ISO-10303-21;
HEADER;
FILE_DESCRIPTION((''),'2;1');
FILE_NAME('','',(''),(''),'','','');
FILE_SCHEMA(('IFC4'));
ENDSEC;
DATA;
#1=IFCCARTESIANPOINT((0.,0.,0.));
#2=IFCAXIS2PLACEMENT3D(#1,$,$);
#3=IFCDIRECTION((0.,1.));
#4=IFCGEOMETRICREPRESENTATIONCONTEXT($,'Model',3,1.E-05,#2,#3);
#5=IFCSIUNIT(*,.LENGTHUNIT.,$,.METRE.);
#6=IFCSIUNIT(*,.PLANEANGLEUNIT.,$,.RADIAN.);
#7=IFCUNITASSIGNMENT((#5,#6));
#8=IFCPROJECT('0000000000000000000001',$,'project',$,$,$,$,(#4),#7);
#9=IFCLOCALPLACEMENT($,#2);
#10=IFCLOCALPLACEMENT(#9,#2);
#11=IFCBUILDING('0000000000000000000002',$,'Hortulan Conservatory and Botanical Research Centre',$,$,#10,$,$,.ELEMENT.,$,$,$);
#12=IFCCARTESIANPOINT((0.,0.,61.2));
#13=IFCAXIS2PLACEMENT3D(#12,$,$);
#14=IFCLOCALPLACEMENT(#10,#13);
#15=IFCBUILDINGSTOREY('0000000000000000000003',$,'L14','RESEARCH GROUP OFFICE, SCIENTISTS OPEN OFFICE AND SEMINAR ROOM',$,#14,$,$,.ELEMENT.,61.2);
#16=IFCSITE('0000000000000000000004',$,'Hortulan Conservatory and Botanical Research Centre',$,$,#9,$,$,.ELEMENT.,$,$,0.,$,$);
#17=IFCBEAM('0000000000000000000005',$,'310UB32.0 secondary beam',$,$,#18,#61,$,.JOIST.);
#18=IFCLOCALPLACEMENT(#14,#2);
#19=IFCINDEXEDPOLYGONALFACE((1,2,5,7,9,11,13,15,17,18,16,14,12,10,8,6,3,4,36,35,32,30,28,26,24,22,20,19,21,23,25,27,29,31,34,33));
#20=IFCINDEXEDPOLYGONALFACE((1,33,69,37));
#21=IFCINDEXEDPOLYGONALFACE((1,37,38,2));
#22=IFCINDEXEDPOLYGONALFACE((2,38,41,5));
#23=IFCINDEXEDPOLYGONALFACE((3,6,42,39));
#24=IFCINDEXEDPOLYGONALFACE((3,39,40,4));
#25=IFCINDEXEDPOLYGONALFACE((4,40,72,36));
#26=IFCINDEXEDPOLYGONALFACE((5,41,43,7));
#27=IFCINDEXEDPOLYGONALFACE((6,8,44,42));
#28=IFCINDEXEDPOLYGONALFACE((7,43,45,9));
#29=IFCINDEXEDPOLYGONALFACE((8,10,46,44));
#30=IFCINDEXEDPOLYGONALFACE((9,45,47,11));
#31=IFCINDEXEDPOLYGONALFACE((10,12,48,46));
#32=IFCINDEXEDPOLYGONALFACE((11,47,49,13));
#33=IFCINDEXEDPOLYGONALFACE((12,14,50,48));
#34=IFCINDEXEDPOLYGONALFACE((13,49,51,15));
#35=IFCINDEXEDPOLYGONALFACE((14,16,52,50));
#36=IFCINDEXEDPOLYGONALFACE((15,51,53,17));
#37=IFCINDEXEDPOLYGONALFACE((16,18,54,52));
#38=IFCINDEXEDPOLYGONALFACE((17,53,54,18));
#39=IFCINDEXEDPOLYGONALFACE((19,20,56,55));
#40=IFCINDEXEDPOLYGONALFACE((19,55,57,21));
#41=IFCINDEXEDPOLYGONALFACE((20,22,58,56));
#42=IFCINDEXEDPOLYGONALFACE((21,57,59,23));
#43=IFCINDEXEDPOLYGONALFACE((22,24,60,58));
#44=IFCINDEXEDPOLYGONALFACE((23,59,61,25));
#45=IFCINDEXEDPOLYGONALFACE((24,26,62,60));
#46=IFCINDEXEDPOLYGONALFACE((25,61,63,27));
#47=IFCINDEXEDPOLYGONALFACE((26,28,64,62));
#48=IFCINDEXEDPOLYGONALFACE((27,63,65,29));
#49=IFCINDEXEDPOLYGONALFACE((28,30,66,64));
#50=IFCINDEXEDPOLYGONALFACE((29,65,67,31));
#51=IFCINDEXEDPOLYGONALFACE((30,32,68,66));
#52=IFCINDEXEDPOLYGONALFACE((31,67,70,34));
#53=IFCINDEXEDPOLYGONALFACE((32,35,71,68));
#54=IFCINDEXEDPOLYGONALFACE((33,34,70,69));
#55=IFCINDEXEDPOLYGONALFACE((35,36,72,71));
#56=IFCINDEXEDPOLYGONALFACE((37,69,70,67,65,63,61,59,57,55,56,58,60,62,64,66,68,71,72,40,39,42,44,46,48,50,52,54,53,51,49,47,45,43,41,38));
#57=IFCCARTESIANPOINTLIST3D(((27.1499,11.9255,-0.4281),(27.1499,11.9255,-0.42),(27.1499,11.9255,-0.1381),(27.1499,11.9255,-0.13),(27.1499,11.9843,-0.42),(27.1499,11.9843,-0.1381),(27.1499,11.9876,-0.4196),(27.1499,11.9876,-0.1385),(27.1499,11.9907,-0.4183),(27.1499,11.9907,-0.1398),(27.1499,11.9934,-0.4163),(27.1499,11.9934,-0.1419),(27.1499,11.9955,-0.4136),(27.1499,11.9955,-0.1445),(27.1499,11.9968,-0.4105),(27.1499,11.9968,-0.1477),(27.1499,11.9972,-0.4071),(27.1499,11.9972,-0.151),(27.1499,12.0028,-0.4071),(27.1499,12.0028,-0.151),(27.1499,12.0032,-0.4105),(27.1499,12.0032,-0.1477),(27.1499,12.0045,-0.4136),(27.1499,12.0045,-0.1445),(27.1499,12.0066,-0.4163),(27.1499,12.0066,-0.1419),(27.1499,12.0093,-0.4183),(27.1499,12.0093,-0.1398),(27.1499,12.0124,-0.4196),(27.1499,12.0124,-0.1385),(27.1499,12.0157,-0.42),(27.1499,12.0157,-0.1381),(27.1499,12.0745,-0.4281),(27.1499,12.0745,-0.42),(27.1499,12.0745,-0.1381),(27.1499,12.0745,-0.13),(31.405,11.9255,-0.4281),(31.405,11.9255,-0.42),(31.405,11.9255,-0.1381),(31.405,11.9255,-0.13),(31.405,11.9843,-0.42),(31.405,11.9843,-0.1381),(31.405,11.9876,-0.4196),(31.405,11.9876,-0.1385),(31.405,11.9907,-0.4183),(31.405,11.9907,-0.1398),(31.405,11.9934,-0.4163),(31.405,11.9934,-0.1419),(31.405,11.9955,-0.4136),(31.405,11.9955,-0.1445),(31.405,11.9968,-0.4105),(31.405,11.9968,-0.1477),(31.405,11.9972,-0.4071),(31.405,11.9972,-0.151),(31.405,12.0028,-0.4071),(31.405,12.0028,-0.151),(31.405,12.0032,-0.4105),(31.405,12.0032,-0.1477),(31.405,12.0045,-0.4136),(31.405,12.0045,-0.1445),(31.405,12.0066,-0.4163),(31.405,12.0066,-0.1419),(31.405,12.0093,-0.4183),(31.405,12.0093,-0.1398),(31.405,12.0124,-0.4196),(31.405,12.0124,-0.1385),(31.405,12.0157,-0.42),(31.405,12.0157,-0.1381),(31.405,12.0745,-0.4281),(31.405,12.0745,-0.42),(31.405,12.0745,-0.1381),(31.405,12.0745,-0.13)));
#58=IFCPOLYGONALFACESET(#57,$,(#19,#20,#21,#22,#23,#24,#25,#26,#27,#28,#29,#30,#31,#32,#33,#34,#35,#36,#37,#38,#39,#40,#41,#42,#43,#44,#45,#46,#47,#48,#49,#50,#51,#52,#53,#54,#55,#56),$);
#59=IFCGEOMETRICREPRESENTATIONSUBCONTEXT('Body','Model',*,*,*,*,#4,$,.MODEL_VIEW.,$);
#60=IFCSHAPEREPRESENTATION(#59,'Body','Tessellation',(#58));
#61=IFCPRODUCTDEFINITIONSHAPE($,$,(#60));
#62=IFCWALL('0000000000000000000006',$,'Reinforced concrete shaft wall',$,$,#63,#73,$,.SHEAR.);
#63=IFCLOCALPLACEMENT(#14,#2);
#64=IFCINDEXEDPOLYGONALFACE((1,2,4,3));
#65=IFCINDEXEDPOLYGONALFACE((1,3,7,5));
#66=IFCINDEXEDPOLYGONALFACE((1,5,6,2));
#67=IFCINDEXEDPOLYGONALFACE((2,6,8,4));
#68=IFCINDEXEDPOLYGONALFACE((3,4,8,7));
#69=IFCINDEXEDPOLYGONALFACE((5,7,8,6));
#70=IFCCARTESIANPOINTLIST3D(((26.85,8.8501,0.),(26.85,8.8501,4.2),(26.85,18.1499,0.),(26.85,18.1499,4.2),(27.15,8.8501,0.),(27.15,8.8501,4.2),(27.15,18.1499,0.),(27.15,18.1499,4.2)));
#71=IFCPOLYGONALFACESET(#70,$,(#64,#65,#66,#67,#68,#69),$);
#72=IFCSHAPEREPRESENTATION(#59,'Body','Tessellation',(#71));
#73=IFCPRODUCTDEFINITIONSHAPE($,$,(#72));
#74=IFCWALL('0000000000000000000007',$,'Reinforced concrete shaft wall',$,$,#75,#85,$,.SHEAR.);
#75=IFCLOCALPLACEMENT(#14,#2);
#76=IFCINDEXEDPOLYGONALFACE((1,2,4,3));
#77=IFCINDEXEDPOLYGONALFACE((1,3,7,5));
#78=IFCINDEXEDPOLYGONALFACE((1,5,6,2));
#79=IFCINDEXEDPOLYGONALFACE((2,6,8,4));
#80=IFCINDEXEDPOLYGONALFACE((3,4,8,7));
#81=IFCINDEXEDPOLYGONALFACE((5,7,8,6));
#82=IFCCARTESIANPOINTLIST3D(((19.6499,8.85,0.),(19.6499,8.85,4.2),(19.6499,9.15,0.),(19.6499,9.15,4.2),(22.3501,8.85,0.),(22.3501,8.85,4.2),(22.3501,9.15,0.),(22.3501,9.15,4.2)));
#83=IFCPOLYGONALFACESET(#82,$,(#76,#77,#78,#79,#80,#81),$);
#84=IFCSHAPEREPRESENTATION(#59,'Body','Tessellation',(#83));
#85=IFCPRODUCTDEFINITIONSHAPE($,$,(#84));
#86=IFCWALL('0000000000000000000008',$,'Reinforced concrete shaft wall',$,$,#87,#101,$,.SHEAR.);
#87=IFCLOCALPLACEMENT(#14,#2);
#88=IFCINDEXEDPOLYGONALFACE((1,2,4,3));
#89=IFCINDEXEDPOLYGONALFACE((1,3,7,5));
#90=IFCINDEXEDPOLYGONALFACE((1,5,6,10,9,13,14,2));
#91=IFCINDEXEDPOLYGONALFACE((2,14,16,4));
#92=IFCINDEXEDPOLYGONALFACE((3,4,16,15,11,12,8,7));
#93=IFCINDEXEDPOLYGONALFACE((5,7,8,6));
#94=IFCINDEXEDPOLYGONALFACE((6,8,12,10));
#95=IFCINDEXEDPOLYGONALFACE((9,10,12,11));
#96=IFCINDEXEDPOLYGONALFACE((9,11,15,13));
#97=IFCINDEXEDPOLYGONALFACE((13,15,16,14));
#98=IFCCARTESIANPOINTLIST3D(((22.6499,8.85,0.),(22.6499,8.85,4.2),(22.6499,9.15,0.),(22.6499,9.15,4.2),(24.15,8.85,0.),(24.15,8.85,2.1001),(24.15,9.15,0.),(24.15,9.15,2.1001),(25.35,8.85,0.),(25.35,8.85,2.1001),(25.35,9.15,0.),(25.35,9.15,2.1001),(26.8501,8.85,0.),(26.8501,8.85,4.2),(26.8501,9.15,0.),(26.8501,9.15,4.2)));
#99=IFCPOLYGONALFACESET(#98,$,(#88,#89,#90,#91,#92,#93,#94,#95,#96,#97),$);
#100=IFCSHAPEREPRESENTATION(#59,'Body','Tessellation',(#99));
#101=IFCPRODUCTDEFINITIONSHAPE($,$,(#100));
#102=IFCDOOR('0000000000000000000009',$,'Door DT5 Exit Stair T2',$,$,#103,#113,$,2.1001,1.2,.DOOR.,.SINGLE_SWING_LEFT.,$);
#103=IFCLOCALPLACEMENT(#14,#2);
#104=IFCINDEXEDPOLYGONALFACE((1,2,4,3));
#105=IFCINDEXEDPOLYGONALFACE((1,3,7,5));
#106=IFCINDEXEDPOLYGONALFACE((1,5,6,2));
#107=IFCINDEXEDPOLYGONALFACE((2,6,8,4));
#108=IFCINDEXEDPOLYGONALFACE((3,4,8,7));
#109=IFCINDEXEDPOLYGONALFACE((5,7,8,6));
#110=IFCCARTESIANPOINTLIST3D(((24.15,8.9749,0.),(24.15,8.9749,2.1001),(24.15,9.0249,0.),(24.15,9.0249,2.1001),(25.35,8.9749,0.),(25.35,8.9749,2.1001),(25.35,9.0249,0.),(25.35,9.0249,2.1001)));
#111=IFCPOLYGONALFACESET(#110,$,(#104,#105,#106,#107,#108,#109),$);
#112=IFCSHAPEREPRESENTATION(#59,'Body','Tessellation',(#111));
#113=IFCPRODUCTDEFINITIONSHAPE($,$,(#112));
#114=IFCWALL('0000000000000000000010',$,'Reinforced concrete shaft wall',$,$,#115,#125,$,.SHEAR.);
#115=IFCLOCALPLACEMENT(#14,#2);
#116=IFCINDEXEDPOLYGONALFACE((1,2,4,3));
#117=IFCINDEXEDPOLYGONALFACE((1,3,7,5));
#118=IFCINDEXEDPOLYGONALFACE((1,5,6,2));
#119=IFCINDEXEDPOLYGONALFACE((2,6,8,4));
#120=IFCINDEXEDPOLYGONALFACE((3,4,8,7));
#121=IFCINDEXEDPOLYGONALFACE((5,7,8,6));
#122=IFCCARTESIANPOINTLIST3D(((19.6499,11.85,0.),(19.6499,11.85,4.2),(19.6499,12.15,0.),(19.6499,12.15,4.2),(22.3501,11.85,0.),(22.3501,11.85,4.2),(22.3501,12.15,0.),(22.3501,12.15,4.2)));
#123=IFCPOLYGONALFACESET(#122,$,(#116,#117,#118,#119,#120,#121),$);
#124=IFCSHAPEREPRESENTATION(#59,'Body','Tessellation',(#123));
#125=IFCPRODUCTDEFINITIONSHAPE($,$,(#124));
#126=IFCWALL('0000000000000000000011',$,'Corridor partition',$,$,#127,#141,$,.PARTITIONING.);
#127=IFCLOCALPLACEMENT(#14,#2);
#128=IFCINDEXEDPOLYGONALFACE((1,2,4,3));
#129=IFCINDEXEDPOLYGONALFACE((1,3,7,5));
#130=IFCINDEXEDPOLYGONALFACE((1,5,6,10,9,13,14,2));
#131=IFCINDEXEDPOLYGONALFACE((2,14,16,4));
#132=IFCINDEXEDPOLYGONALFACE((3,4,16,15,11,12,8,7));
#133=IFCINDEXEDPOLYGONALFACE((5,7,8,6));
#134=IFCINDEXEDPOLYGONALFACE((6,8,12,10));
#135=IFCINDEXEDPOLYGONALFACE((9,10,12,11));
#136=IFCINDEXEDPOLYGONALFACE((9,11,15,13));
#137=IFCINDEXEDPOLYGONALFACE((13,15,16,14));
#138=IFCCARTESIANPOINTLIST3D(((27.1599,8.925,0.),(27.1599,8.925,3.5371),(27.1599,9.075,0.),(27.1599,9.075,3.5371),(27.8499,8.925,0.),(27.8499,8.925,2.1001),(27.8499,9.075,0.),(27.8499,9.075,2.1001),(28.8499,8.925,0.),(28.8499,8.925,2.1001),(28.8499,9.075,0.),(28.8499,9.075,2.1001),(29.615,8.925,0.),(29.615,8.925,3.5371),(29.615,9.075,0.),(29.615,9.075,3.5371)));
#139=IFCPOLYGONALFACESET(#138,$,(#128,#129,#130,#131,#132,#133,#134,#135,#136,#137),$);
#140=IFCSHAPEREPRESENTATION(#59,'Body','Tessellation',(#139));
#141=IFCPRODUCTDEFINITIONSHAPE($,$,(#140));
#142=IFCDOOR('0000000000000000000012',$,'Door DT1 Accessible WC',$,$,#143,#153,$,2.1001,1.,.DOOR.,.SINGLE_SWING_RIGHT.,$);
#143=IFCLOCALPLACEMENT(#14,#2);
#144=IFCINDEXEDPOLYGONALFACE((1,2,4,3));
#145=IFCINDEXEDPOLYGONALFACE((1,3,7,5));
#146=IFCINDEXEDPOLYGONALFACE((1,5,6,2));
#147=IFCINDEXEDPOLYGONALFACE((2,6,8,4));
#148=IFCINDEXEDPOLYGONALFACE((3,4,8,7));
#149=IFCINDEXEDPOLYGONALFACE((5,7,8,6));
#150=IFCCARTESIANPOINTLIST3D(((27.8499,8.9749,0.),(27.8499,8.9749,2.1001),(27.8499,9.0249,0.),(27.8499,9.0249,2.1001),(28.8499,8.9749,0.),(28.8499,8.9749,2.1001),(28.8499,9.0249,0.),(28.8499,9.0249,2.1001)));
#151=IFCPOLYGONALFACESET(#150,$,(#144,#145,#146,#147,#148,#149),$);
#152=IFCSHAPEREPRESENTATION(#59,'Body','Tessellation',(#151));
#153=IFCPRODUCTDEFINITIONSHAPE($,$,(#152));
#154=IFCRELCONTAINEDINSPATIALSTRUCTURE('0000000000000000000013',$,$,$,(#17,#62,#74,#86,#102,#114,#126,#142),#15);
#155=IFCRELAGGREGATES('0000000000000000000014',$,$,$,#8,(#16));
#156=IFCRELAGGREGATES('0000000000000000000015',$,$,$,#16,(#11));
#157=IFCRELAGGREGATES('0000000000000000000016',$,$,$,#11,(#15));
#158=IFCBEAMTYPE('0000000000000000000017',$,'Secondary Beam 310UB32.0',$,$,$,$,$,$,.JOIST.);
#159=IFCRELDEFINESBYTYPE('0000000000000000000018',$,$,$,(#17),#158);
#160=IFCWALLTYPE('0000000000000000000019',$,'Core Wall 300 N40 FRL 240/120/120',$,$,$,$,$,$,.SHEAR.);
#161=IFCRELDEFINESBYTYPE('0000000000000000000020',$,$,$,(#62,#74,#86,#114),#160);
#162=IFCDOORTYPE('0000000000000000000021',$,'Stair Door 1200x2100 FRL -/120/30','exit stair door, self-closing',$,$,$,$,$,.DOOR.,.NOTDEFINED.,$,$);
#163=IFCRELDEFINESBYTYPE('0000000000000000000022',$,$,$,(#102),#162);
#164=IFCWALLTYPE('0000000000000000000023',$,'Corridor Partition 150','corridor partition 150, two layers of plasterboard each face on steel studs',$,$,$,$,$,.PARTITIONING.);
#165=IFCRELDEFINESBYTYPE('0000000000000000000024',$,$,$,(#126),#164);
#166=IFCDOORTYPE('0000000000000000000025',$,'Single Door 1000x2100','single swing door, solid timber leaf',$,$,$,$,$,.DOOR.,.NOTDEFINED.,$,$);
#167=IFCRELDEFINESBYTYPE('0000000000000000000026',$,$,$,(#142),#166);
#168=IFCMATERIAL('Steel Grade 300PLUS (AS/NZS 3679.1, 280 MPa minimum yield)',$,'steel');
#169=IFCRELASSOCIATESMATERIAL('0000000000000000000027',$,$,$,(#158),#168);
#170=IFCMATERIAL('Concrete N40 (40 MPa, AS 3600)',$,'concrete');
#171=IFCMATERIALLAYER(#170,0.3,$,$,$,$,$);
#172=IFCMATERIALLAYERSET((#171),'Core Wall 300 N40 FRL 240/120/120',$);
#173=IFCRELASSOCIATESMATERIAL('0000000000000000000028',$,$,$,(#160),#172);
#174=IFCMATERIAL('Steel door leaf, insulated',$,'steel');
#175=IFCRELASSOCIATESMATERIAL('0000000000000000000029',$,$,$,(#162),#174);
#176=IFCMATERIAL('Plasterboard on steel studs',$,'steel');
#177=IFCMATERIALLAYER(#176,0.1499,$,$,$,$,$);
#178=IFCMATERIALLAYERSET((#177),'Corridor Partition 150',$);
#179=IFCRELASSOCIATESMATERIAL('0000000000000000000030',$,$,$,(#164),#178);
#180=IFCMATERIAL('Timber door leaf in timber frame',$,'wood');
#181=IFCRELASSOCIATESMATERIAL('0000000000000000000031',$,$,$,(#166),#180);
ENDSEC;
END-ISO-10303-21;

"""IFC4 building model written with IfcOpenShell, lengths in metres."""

from ifc_helpers import new_model, si_unit, direction, frame, frame_2d, origin, origin_2d, place, context, subcontext, project, spatial, rectangle, i_section, extrude, material, layer, layer_set, material_profile, profile_set, type_object, element, fill, save


model = new_model("IFC4")

# Units and contexts
model_context = context("Model", 3, precision=1e-05, world=origin(), true_north=direction((0.0, 1.0)))
body_context = subcontext(model_context, "Body", "Model", "MODEL_VIEW")
ifc_project = project(units=[si_unit("LENGTHUNIT", "METRE"), si_unit("PLANEANGLEUNIT", "RADIAN")], contexts=[model_context])

# Site, building, storey
site_placement = place(None, origin())
site = spatial("IfcSite", under=ifc_project, at=site_placement, Name="Hortulan Conservatory and Botanical Research Centre", CompositionType="ELEMENT", RefElevation=0.0)
building_placement = place(site_placement, origin())
building = spatial("IfcBuilding", under=site, at=building_placement, Name="Hortulan Conservatory and Botanical Research Centre", CompositionType="ELEMENT")
storey_placement = place(building_placement, frame((0.0, 0.0, 61.2)))
storey = spatial("IfcBuildingStorey", under=building, at=storey_placement, Name="L14", Description="RESEARCH GROUP OFFICE, SCIENTISTS OPEN OFFICE AND SEMINAR ROOM", CompositionType="ELEMENT", Elevation=61.2)

# Shared definitions
ifc_material_1 = material(Name="Steel Grade 300PLUS (AS/NZS 3679.1, 280 MPa minimum yield)", Category="steel")

# Beam
ifc_material_profile_1 = material_profile(ifc_material_1, i_section(OverallWidth=0.1489, OverallDepth=0.2981, WebThickness=0.0056, FlangeThickness=0.0081, FilletRadius=0.0129, at=origin_2d()), Name="310UB32.0")
ifc_profile_set_1 = profile_set([ifc_material_profile_1], Name="Steel Grade 300PLUS (AS/NZS 3679.1, 280 MPa minimum yield)")
beam_type_1 = type_object("IfcBeamType", Name="Secondary Beam 310UB32.0", PredefinedType="JOIST", material=ifc_profile_set_1)
beam_1_placement = place(storey_placement, frame((27.1499, 12.0, -0.2791), z_axis=(1.0, 0.0, 0.0), x_axis=(0.0, 1.0, 0.0)))
element("IfcBeam", 1, at=beam_1_placement, inside=storey, type_object=beam_type_1, Name="310UB32.0 secondary beam", PredefinedType="JOIST", context=body_context, shape_type="SweptSolid", body=[
    extrude(i_section(OverallWidth=0.1489, OverallDepth=0.2981, WebThickness=0.0056, FlangeThickness=0.0081, FilletRadius=0.0129, at=origin_2d()), origin(), (0.0, 0.0, 1.0), 4.2551),
])

# Walls
ifc_material_2 = material(Name="Concrete N40 (40 MPa, AS 3600)", Category="concrete")
ifc_layer_1 = layer(ifc_material_2, 0.3)
ifc_layer_set_1 = layer_set([ifc_layer_1], Name="Core Wall 300 N40 FRL 240/120/120")
wall_type_1 = type_object("IfcWallType", Name="Core Wall 300 N40 FRL 240/120/120", PredefinedType="SHEAR", material=ifc_layer_set_1)
wall_1_placement = place(storey_placement, frame((27.0, 8.8501, 0.0), z_axis=(0.0, 0.0, 1.0), x_axis=(0.0, 1.0, 0.0)))
element("IfcWall", 2, at=wall_1_placement, inside=storey, type_object=wall_type_1, Name="Reinforced concrete shaft wall", PredefinedType="SHEAR", context=body_context, shape_type="SweptSolid", body=[
    extrude(rectangle(XDim=9.2998, YDim=0.3, at=frame_2d((4.6499, 0.0))), origin(), (0.0, 0.0, 1.0), 4.2),
])
wall_2_placement = place(storey_placement, frame((19.6499, 9.0, 0.0), z_axis=(0.0, 0.0, 1.0), x_axis=(1.0, 0.0, 0.0)))
element("IfcWall", 3, at=wall_2_placement, inside=storey, type_object=wall_type_1, Name="Reinforced concrete shaft wall", PredefinedType="SHEAR", context=body_context, shape_type="SweptSolid", body=[
    extrude(rectangle(XDim=2.7002, YDim=0.3, at=frame_2d((1.3501, 0.0))), origin(), (0.0, 0.0, 1.0), 4.2),
])

# Wall, opening, door
wall_3_placement = place(storey_placement, frame((22.6499, 9.0, 0.0), z_axis=(0.0, 0.0, 1.0), x_axis=(1.0, 0.0, 0.0)))
wall_3 = element("IfcWall", 4, at=wall_3_placement, inside=storey, type_object=wall_type_1, Name="Reinforced concrete shaft wall", PredefinedType="SHEAR", context=body_context, shape_type="SweptSolid", body=[
    extrude(rectangle(XDim=4.2002, YDim=0.3, at=frame_2d((2.1001, 0.0))), origin(), (0.0, 0.0, 1.0), 4.2),
])
opening_1_placement = place(wall_3_placement, frame((1.5, 0.0, 0.0)))
opening_1 = element("IfcOpeningElement", 5, at=opening_1_placement, cuts=wall_3, PredefinedType="OPENING", context=body_context, shape_type="SweptSolid", body=[
    extrude(rectangle(XDim=1.2, YDim=2.1001, at=frame_2d((0.6001, 1.05))), frame((0.0, 0.1599, 0.0), z_axis=(0.0, -1.0, 0.0), x_axis=(1.0, 0.0, 0.0)), (0.0, 0.0, 1.0), 0.3201),
])
ifc_material_3 = material(Name="Steel door leaf, insulated", Category="steel")
door_type_1 = type_object("IfcDoorType", Name="Stair Door 1200x2100 FRL -/120/30", Description="exit stair door, self-closing", OperationType="NOTDEFINED", PredefinedType="DOOR", material=ifc_material_3)
door_1_placement = place(opening_1_placement, origin())
door_1 = element("IfcDoor", 6, at=door_1_placement, inside=storey, type_object=door_type_1, Name="Door DT5 Exit Stair T2", OperationType="SINGLE_SWING_LEFT", OverallHeight=2.1001, OverallWidth=1.2, PredefinedType="DOOR", context=body_context, shape_type="SweptSolid", body=[
    extrude(rectangle(XDim=1.2, YDim=2.1001, at=frame_2d((0.6001, 1.05))), frame((0.0, 0.0249, 0.0), z_axis=(0.0, -1.0, 0.0), x_axis=(1.0, 0.0, 0.0)), (0.0, 0.0, 1.0), 0.05),
])
fill(opening_1, door_1)

# Wall
wall_4_placement = place(storey_placement, frame((19.6499, 12.0, 0.0), z_axis=(0.0, 0.0, 1.0), x_axis=(1.0, 0.0, 0.0)))
element("IfcWall", 7, at=wall_4_placement, inside=storey, type_object=wall_type_1, Name="Reinforced concrete shaft wall", PredefinedType="SHEAR", context=body_context, shape_type="SweptSolid", body=[
    extrude(rectangle(XDim=2.7002, YDim=0.3, at=frame_2d((1.3501, 0.0))), origin(), (0.0, 0.0, 1.0), 4.2),
])

# Wall, opening, door
ifc_material_4 = material(Name="Plasterboard on steel studs", Category="steel")
ifc_layer_2 = layer(ifc_material_4, 0.1499)
ifc_layer_set_2 = layer_set([ifc_layer_2], Name="Corridor Partition 150")
wall_type_2 = type_object("IfcWallType", Name="Corridor Partition 150", Description="corridor partition 150, two layers of plasterboard each face on steel studs", PredefinedType="PARTITIONING", material=ifc_layer_set_2)
wall_5_placement = place(storey_placement, frame((27.1599, 9.0, 0.0), z_axis=(0.0, 0.0, 1.0), x_axis=(1.0, 0.0, 0.0)))
wall_5 = element("IfcWall", 8, at=wall_5_placement, inside=storey, type_object=wall_type_2, Name="Corridor partition", PredefinedType="PARTITIONING", context=body_context, shape_type="SweptSolid", body=[
    extrude(rectangle(XDim=2.4551, YDim=0.1499, at=frame_2d((1.2275, 0.0))), origin(), (0.0, 0.0, 1.0), 3.5371),
])
opening_2_placement = place(wall_5_placement, frame((0.6899, 0.0, 0.0)))
opening_2 = element("IfcOpeningElement", 9, at=opening_2_placement, cuts=wall_5, PredefinedType="OPENING", context=body_context, shape_type="SweptSolid", body=[
    extrude(rectangle(XDim=1.0, YDim=2.1001, at=frame_2d((0.5, 1.05))), frame((0.0, 0.085, 0.0), z_axis=(0.0, -1.0, 0.0), x_axis=(1.0, 0.0, 0.0)), (0.0, 0.0, 1.0), 0.1699),
])
ifc_material_5 = material(Name="Timber door leaf in timber frame", Category="wood")
door_type_2 = type_object("IfcDoorType", Name="Single Door 1000x2100", Description="single swing door, solid timber leaf", OperationType="NOTDEFINED", PredefinedType="DOOR", material=ifc_material_5)
door_2_placement = place(opening_2_placement, origin())
door_2 = element("IfcDoor", 10, at=door_2_placement, inside=storey, type_object=door_type_2, Name="Door DT1 Accessible WC", OperationType="SINGLE_SWING_RIGHT", OverallHeight=2.1001, OverallWidth=1.0, PredefinedType="DOOR", context=body_context, shape_type="SweptSolid", body=[
    extrude(rectangle(XDim=1.0, YDim=2.1001, at=frame_2d((0.5, 1.05))), frame((0.0, 0.0249, 0.0), z_axis=(0.0, -1.0, 0.0), x_axis=(1.0, 0.0, 0.0)), (0.0, 0.0, 1.0), 0.05),
])
fill(opening_2, door_2)

save(model, "model.ifc")
